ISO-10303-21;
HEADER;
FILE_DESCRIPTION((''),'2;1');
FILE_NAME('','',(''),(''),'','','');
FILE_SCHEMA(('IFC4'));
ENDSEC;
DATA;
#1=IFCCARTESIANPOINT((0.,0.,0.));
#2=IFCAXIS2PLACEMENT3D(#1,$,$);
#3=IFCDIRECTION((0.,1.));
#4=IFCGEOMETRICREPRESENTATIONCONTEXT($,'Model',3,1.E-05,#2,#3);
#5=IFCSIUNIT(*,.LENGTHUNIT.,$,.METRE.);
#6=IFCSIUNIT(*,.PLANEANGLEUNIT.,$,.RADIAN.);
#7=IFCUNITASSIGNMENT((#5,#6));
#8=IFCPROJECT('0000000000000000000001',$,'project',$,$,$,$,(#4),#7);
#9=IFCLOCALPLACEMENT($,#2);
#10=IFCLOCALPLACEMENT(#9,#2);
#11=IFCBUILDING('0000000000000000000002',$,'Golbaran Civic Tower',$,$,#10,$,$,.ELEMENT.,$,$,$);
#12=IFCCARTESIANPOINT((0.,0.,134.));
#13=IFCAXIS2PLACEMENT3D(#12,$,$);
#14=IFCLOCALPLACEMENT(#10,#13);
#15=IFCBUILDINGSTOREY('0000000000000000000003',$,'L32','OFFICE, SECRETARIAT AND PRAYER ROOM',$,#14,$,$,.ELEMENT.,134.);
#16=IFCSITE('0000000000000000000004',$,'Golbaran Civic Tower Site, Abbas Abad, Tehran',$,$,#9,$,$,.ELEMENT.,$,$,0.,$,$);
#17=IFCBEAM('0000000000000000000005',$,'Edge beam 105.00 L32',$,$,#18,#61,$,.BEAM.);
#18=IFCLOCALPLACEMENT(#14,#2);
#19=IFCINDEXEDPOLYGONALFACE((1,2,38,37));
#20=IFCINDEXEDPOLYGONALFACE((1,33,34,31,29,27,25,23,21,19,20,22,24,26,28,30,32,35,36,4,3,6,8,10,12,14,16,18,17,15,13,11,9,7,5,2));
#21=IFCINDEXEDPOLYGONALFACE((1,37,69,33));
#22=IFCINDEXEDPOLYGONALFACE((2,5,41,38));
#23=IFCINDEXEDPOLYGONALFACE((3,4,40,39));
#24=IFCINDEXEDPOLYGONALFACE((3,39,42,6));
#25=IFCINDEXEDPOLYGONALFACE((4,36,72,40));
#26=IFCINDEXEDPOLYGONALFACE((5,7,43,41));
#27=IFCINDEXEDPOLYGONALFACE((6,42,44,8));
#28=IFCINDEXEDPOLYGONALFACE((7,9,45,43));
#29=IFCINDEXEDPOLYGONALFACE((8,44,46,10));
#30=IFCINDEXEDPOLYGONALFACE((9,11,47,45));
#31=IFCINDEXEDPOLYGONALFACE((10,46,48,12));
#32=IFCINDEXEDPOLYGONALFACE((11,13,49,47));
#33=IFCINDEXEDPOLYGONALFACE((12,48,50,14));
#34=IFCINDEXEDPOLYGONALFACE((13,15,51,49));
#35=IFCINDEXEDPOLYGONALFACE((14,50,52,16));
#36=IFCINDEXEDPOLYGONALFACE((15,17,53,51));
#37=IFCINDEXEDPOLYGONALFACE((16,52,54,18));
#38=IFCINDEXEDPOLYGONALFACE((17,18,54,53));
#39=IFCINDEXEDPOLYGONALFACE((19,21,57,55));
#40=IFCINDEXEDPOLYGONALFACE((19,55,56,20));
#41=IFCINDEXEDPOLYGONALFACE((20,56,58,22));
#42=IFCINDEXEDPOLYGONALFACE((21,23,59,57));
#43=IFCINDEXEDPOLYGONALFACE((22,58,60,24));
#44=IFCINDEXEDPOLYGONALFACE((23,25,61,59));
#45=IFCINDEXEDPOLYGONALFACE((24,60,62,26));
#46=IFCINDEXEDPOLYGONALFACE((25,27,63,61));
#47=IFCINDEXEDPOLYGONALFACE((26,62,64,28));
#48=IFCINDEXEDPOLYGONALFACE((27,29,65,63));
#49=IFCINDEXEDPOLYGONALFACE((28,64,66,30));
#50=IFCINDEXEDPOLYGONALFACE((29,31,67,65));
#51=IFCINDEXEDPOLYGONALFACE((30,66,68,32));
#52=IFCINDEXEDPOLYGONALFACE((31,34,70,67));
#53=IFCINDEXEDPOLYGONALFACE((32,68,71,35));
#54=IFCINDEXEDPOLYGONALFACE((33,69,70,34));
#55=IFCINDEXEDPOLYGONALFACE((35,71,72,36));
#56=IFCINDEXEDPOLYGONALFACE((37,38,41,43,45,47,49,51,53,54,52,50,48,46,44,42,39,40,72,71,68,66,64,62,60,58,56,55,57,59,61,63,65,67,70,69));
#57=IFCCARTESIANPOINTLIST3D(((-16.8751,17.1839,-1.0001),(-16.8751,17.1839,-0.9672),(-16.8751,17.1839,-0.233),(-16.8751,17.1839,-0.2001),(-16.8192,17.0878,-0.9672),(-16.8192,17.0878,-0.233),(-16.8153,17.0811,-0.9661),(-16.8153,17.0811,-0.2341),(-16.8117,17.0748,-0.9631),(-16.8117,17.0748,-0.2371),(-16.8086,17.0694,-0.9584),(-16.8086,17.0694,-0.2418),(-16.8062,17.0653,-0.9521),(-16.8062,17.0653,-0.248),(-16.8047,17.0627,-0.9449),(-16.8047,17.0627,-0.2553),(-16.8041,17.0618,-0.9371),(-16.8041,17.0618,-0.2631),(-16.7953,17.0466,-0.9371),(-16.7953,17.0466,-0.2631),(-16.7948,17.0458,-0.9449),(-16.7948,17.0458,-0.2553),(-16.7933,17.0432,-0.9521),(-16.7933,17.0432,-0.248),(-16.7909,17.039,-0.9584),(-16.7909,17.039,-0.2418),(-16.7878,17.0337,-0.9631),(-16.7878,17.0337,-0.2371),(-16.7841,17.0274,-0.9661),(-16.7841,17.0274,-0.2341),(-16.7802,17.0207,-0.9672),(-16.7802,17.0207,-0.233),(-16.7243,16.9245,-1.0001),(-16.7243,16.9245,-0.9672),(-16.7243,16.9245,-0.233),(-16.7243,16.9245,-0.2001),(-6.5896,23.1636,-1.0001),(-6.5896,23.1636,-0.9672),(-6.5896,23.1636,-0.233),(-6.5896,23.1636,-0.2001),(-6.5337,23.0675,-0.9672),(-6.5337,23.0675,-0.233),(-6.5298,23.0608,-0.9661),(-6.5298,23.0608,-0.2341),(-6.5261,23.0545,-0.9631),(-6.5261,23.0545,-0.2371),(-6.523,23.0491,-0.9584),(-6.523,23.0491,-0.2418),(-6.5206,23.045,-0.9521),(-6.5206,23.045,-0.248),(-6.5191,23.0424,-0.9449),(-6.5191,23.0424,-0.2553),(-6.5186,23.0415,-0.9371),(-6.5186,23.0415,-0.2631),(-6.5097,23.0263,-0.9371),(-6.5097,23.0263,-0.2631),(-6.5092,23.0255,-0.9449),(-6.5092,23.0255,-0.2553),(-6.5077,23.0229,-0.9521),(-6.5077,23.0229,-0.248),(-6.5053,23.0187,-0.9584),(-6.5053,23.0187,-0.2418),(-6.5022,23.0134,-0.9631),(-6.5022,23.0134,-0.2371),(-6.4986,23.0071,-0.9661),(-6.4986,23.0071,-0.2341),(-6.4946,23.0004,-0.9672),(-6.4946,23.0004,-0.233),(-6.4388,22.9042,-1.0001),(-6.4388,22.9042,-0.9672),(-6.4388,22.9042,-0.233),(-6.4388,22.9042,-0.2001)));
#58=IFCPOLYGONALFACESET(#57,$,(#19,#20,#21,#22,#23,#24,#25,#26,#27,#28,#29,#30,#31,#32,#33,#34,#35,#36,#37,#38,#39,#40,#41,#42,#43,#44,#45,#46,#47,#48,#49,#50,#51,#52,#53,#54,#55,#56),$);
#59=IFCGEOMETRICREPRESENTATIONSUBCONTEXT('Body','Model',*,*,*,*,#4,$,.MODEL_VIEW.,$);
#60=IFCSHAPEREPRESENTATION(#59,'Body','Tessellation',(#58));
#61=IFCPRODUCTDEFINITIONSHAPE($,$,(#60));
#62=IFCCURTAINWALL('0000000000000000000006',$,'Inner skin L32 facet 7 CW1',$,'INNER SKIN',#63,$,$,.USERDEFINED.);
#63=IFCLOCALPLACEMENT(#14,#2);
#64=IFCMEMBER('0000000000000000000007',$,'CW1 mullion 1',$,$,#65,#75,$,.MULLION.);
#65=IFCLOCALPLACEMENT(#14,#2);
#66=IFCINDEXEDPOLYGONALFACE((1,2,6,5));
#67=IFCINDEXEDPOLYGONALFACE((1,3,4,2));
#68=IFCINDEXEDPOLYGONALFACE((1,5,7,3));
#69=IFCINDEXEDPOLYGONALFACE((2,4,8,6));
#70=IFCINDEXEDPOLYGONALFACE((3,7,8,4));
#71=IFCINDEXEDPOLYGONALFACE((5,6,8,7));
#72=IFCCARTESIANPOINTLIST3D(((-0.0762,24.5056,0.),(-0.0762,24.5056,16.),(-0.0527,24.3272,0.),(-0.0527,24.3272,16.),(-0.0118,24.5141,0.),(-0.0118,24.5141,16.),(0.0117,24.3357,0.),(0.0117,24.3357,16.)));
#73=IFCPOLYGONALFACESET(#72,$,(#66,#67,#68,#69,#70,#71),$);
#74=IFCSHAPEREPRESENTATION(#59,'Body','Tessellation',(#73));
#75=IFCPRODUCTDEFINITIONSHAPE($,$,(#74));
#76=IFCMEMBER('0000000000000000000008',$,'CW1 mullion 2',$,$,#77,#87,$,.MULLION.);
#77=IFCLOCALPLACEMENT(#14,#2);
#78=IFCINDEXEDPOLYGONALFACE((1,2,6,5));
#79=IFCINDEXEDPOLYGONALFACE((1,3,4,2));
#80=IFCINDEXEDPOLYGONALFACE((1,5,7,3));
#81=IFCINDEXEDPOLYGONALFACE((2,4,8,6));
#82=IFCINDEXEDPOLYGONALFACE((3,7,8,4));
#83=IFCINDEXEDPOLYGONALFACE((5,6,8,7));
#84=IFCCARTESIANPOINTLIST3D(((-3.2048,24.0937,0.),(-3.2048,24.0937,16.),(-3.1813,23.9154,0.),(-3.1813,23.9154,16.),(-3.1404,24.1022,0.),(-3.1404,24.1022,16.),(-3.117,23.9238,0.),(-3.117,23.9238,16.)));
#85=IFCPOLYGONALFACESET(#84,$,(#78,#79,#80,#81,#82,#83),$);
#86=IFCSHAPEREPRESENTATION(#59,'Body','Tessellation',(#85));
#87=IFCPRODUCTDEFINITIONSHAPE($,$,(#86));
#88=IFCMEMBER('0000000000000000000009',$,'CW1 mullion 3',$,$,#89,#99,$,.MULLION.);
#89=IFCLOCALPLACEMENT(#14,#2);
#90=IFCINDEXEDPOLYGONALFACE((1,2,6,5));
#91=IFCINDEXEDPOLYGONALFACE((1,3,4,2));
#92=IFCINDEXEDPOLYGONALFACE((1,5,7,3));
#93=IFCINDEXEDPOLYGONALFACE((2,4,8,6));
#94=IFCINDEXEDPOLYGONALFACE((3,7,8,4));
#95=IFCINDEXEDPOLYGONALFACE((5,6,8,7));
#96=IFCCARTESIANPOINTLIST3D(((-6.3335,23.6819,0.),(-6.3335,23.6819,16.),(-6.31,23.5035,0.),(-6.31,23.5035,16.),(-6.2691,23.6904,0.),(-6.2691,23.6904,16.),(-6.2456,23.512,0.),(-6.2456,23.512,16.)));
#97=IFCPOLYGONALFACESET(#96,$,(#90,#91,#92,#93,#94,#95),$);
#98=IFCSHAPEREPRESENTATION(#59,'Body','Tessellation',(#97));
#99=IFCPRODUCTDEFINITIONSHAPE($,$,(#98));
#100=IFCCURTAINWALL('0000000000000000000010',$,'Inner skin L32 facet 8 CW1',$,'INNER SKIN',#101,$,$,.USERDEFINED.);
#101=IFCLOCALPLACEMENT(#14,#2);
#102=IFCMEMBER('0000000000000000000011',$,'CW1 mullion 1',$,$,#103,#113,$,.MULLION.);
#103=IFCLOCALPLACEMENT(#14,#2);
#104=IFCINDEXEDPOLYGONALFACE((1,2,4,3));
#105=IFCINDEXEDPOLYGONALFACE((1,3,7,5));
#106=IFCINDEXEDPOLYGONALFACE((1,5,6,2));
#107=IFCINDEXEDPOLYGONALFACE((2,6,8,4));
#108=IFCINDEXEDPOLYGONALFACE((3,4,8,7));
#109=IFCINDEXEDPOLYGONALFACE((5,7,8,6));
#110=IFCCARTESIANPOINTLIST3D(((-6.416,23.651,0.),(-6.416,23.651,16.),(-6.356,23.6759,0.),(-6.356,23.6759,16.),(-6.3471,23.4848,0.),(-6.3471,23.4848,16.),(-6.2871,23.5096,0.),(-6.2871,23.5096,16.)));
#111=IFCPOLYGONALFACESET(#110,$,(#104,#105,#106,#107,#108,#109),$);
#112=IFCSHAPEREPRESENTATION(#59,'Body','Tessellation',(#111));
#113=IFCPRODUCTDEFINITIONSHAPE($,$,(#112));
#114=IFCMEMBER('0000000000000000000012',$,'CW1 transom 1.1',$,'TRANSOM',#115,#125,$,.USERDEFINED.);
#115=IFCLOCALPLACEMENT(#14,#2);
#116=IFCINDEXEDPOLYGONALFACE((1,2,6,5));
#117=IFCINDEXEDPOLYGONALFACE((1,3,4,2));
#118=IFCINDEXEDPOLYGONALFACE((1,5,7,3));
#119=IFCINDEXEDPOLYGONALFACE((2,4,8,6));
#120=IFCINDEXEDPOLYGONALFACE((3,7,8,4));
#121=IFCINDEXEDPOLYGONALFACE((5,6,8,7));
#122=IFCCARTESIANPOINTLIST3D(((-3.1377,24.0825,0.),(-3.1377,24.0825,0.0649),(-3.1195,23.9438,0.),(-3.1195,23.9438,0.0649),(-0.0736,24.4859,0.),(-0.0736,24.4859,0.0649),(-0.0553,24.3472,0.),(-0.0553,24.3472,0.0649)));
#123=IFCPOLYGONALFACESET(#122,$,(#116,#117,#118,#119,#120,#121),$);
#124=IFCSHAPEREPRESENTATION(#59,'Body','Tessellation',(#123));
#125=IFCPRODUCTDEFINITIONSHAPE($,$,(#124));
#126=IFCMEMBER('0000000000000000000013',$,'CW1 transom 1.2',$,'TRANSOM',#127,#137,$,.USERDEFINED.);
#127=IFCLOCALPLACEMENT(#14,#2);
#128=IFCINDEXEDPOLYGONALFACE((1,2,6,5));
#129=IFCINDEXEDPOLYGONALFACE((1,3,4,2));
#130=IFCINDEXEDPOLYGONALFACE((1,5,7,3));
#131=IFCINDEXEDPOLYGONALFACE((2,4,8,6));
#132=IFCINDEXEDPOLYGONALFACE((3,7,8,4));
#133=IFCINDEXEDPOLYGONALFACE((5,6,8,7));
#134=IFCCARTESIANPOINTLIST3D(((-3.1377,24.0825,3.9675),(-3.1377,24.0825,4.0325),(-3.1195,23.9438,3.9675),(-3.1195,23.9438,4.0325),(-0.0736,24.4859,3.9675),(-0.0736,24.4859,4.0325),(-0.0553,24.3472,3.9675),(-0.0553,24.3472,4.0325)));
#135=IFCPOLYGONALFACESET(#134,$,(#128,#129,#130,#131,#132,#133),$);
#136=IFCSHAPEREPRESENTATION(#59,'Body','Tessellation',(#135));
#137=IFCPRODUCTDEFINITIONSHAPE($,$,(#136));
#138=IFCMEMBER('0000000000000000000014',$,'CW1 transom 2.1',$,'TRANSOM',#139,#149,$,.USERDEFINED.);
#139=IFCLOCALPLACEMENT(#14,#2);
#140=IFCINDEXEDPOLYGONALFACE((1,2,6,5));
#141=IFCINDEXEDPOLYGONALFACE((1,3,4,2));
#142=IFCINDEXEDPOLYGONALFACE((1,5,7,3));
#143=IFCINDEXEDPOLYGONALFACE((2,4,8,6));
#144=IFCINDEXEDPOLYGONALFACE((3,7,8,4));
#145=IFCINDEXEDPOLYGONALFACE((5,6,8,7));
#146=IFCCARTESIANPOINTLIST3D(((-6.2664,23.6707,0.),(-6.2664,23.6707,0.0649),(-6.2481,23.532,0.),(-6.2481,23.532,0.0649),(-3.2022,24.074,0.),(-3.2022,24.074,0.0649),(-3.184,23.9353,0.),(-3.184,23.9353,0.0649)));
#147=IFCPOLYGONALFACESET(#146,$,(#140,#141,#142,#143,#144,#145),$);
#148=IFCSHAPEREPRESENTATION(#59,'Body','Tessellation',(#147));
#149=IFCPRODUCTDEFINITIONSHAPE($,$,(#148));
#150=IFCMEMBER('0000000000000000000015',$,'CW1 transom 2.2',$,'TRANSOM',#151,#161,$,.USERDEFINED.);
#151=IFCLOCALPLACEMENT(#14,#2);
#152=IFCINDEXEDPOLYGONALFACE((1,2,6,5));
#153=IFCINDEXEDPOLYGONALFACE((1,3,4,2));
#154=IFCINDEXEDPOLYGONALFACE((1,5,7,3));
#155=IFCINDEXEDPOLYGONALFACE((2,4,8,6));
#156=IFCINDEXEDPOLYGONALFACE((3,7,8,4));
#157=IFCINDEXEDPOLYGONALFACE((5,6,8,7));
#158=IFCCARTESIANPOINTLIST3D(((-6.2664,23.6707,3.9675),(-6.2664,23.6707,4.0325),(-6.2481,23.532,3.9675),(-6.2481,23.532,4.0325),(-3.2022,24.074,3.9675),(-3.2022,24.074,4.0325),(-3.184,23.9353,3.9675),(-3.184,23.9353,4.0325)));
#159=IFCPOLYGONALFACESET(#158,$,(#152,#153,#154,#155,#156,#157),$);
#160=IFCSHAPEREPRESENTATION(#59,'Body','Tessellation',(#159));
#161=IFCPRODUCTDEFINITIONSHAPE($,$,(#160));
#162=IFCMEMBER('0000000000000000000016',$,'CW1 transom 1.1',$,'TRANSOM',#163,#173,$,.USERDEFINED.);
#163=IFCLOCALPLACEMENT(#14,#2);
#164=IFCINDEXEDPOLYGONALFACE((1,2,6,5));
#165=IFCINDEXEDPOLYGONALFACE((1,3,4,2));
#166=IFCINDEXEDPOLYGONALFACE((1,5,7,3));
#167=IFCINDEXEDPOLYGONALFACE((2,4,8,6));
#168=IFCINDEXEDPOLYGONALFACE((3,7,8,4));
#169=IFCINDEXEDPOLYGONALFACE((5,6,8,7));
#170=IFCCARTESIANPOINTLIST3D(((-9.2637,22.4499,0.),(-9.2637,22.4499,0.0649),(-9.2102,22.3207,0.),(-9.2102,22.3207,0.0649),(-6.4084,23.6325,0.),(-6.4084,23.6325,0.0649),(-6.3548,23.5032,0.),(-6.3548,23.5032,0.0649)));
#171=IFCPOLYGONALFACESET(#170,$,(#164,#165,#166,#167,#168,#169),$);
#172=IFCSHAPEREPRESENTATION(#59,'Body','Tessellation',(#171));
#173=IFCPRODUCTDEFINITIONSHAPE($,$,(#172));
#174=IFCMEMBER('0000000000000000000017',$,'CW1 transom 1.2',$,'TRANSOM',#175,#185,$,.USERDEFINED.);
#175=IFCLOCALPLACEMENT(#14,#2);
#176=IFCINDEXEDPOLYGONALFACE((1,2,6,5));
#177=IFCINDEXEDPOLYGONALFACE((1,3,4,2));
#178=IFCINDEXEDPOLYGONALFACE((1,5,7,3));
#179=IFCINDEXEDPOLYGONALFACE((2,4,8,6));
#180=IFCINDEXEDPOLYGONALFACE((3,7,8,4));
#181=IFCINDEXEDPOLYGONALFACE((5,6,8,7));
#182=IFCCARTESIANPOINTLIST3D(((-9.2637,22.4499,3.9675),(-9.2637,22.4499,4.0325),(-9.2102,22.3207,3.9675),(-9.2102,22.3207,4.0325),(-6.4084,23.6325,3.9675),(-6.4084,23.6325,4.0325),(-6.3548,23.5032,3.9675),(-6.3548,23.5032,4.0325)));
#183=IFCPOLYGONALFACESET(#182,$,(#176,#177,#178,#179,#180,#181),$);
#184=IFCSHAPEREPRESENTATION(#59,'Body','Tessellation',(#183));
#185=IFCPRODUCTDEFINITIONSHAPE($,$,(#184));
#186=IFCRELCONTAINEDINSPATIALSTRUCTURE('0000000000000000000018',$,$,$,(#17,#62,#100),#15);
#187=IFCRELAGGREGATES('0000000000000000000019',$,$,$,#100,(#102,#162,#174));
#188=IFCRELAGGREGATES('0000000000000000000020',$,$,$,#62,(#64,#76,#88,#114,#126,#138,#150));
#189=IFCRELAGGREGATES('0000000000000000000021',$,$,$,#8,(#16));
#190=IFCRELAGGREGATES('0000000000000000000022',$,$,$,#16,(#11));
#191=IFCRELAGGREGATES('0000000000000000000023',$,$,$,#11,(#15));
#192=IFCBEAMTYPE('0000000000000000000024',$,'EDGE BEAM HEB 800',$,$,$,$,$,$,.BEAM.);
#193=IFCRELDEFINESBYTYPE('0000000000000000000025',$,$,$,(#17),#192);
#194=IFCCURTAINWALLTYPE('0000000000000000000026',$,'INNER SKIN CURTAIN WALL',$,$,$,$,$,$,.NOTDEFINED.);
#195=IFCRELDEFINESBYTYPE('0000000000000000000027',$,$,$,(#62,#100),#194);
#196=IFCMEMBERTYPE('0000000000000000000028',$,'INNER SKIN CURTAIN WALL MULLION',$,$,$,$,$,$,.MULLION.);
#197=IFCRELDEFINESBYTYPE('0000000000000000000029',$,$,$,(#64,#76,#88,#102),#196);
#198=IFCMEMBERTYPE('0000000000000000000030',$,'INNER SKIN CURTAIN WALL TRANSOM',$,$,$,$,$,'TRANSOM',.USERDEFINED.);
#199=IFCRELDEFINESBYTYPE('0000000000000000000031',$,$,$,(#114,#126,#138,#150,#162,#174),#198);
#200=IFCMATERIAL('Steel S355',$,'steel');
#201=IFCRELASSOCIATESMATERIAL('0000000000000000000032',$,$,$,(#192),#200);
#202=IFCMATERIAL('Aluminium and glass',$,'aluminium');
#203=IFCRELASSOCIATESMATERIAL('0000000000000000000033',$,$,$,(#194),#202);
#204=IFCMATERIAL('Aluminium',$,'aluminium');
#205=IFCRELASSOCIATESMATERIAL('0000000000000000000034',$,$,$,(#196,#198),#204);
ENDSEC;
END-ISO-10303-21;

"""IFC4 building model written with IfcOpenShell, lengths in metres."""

from ifc_helpers import new_model, si_unit, direction, frame, origin, origin_2d, place, context, subcontext, project, spatial, rectangle, i_section, extrude, material, material_profile, profile_set, type_object, element, aggregate, save


model = new_model("IFC4")

# Units and contexts
model_context = context("Model", 3, precision=1e-05, world=origin(), true_north=direction((0.0, 1.0)))
body_context = subcontext(model_context, "Body", "Model", "MODEL_VIEW")
ifc_project = project(units=[si_unit("LENGTHUNIT", "METRE"), si_unit("PLANEANGLEUNIT", "RADIAN")], contexts=[model_context])

# Site, building, storey
site_placement = place(None, origin())
site = spatial("IfcSite", under=ifc_project, at=site_placement, Name="Golbaran Civic Tower Site, Abbas Abad, Tehran", CompositionType="ELEMENT", RefElevation=0.0)
building_placement = place(site_placement, origin())
building = spatial("IfcBuilding", under=site, at=building_placement, Name="Golbaran Civic Tower", CompositionType="ELEMENT")
storey_placement = place(building_placement, frame((0.0, 0.0, 134.0)))
storey = spatial("IfcBuildingStorey", under=building, at=storey_placement, Name="L32", Description="OFFICE, SECRETARIAT AND PRAYER ROOM", CompositionType="ELEMENT", Elevation=134.0)

# Beam
ifc_material_1 = material(Name="Steel S355", Category="steel")
ifc_material_profile_1 = material_profile(ifc_material_1, i_section(OverallWidth=0.3, OverallDepth=0.8, WebThickness=0.0176, FlangeThickness=0.033, FilletRadius=0.03, at=origin_2d()), Name="HEB 800")
ifc_profile_set_1 = profile_set([ifc_material_profile_1], Name="Steel S355")
beam_type = type_object("IfcBeamType", Name="EDGE BEAM HEB 800", PredefinedType="BEAM", material=ifc_profile_set_1)
beam_placement = place(storey_placement, frame((-6.5142, 23.0339, -0.6001), z_axis=(-0.864518, -0.502602, 0.0), x_axis=(0.502602, -0.864518, 0.0)))
element("IfcBeam", 1, at=beam_placement, inside=storey, type_object=beam_type, Name="Edge beam 105.00 L32", PredefinedType="BEAM", context=body_context, shape_type="SweptSolid", body=[
    extrude(i_section(OverallWidth=0.3, OverallDepth=0.8, WebThickness=0.0176, FlangeThickness=0.033, FilletRadius=0.03, at=origin_2d()), origin(), (0.0, 0.0, 1.0), 11.8975),
])

# Curtain wall, members
ifc_material_2 = material(Name="Aluminium and glass", Category="aluminium")
curtain_wall_type_1 = type_object("IfcCurtainWallType", Name="INNER SKIN CURTAIN WALL", PredefinedType="NOTDEFINED", material=ifc_material_2)
curtain_wall_1_placement = place(storey_placement, origin())
curtain_wall_1 = element("IfcCurtainWall", 2, at=curtain_wall_1_placement, inside=storey, type_object=curtain_wall_type_1, Name="Inner skin L32 facet 7 CW1", ObjectType="INNER SKIN", PredefinedType="USERDEFINED")
ifc_material_3 = material(Name="Aluminium", Category="aluminium")
ifc_material_profile_2 = material_profile(ifc_material_3, rectangle(XDim=0.1799, YDim=0.0649, at=origin_2d()), Name="INNER SKIN CURTAIN WALL MULLION")
ifc_profile_set_2 = profile_set([ifc_material_profile_2], Name="Aluminium")
member_type_1 = type_object("IfcMemberType", Name="INNER SKIN CURTAIN WALL MULLION", PredefinedType="MULLION", material=ifc_profile_set_2)
member_1_placement = place(storey_placement, frame((-0.0322, 24.4207, 0.0), z_axis=(0.0, 0.0, 1.0), x_axis=(0.130526, -0.991445, 0.0)))
member_1 = element("IfcMember", 3, at=member_1_placement, type_object=member_type_1, Name="CW1 mullion 1", PredefinedType="MULLION", context=body_context, shape_type="SweptSolid", body=[
    extrude(rectangle(XDim=0.1799, YDim=0.0649, at=origin_2d()), origin(), (0.0, 0.0, 1.0), 16.0),
])
member_2_placement = place(storey_placement, frame((-3.1609, 24.0088, 0.0), z_axis=(0.0, 0.0, 1.0), x_axis=(0.130526, -0.991445, 0.0)))
member_2 = element("IfcMember", 4, at=member_2_placement, type_object=member_type_1, Name="CW1 mullion 2", PredefinedType="MULLION", context=body_context, shape_type="SweptSolid", body=[
    extrude(rectangle(XDim=0.1799, YDim=0.0649, at=origin_2d()), origin(), (0.0, 0.0, 1.0), 16.0),
])
member_3_placement = place(storey_placement, frame((-6.2896, 23.5969, 0.0), z_axis=(0.0, 0.0, 1.0), x_axis=(0.130526, -0.991445, 0.0)))
member_3 = element("IfcMember", 5, at=member_3_placement, type_object=member_type_1, Name="CW1 mullion 3", PredefinedType="MULLION", context=body_context, shape_type="SweptSolid", body=[
    extrude(rectangle(XDim=0.1799, YDim=0.0649, at=origin_2d()), origin(), (0.0, 0.0, 1.0), 16.0),
])

# Curtain wall, member
curtain_wall_2_placement = place(storey_placement, origin())
curtain_wall_2 = element("IfcCurtainWall", 6, at=curtain_wall_2_placement, inside=storey, type_object=curtain_wall_type_1, Name="Inner skin L32 facet 8 CW1", ObjectType="INNER SKIN", PredefinedType="USERDEFINED")
member_4_placement = place(storey_placement, frame((-6.3516, 23.5803, 0.0), z_axis=(0.0, 0.0, 1.0), x_axis=(0.382683, -0.92388, 0.0)))
member_4 = element("IfcMember", 7, at=member_4_placement, type_object=member_type_1, Name="CW1 mullion 1", PredefinedType="MULLION", context=body_context, shape_type="SweptSolid", body=[
    extrude(rectangle(XDim=0.1799, YDim=0.0649, at=origin_2d()), origin(), (0.0, 0.0, 1.0), 16.0),
])

# Members
ifc_material_profile_3 = material_profile(ifc_material_3, rectangle(XDim=0.1399, YDim=0.0649, at=origin_2d()), Name="INNER SKIN CURTAIN WALL TRANSOM")
ifc_profile_set_3 = profile_set([ifc_material_profile_3], Name="Aluminium")
member_type_2 = type_object("IfcMemberType", Name="INNER SKIN CURTAIN WALL TRANSOM", ElementType="TRANSOM", PredefinedType="USERDEFINED", material=ifc_profile_set_3)
member_5_placement = place(storey_placement, frame((-0.0645, 24.4165, 0.0325), z_axis=(-0.991449, -0.130497, 0.0), x_axis=(0.130497, -0.991449, 0.0)))
member_5 = element("IfcMember", 8, at=member_5_placement, type_object=member_type_2, Name="CW1 transom 1.1", ObjectType="TRANSOM", PredefinedType="USERDEFINED", context=body_context, shape_type="SweptSolid", body=[
    extrude(rectangle(XDim=0.1399, YDim=0.0649, at=origin_2d()), origin(), (0.0, 0.0, 1.0), 3.0906),
])
member_6_placement = place(storey_placement, frame((-0.0645, 24.4165, 4.0), z_axis=(-0.991449, -0.130497, 0.0), x_axis=(0.130497, -0.991449, 0.0)))
member_6 = element("IfcMember", 9, at=member_6_placement, type_object=member_type_2, Name="CW1 transom 1.2", ObjectType="TRANSOM", PredefinedType="USERDEFINED", context=body_context, shape_type="SweptSolid", body=[
    extrude(rectangle(XDim=0.1399, YDim=0.0649, at=origin_2d()), origin(), (0.0, 0.0, 1.0), 3.0906),
])
member_7_placement = place(storey_placement, frame((-3.1931, 24.0046, 0.0325), z_axis=(-0.991449, -0.130497, 0.0), x_axis=(0.130497, -0.991449, 0.0)))
member_7 = element("IfcMember", 10, at=member_7_placement, type_object=member_type_2, Name="CW1 transom 2.1", ObjectType="TRANSOM", PredefinedType="USERDEFINED", context=body_context, shape_type="SweptSolid", body=[
    extrude(rectangle(XDim=0.1399, YDim=0.0649, at=origin_2d()), origin(), (0.0, 0.0, 1.0), 3.0906),
])
member_8_placement = place(storey_placement, frame((-3.1931, 24.0046, 4.0), z_axis=(-0.991449, -0.130497, 0.0), x_axis=(0.130497, -0.991449, 0.0)))
member_8 = element("IfcMember", 11, at=member_8_placement, type_object=member_type_2, Name="CW1 transom 2.2", ObjectType="TRANSOM", PredefinedType="USERDEFINED", context=body_context, shape_type="SweptSolid", body=[
    extrude(rectangle(XDim=0.1399, YDim=0.0649, at=origin_2d()), origin(), (0.0, 0.0, 1.0), 3.0906),
])
member_9_placement = place(storey_placement, frame((-6.3816, 23.5679, 0.0325), z_axis=(-0.923897, -0.38264, 0.0), x_axis=(0.38264, -0.923897, 0.0)))
member_9 = element("IfcMember", 12, at=member_9_placement, type_object=member_type_2, Name="CW1 transom 1.1", ObjectType="TRANSOM", PredefinedType="USERDEFINED", context=body_context, shape_type="SweptSolid", body=[
    extrude(rectangle(XDim=0.1399, YDim=0.0649, at=origin_2d()), origin(), (0.0, 0.0, 1.0), 3.0906),
])
member_10_placement = place(storey_placement, frame((-6.3816, 23.5679, 4.0), z_axis=(-0.923897, -0.38264, 0.0), x_axis=(0.38264, -0.923897, 0.0)))
member_10 = element("IfcMember", 13, at=member_10_placement, type_object=member_type_2, Name="CW1 transom 1.2", ObjectType="TRANSOM", PredefinedType="USERDEFINED", context=body_context, shape_type="SweptSolid", body=[
    extrude(rectangle(XDim=0.1399, YDim=0.0649, at=origin_2d()), origin(), (0.0, 0.0, 1.0), 3.0906),
])
aggregate(curtain_wall_2, [member_4, member_9, member_10])

aggregate(curtain_wall_1, [member_1, member_2, member_3, member_5, member_6, member_7, member_8])

save(model, "model.ifc")
